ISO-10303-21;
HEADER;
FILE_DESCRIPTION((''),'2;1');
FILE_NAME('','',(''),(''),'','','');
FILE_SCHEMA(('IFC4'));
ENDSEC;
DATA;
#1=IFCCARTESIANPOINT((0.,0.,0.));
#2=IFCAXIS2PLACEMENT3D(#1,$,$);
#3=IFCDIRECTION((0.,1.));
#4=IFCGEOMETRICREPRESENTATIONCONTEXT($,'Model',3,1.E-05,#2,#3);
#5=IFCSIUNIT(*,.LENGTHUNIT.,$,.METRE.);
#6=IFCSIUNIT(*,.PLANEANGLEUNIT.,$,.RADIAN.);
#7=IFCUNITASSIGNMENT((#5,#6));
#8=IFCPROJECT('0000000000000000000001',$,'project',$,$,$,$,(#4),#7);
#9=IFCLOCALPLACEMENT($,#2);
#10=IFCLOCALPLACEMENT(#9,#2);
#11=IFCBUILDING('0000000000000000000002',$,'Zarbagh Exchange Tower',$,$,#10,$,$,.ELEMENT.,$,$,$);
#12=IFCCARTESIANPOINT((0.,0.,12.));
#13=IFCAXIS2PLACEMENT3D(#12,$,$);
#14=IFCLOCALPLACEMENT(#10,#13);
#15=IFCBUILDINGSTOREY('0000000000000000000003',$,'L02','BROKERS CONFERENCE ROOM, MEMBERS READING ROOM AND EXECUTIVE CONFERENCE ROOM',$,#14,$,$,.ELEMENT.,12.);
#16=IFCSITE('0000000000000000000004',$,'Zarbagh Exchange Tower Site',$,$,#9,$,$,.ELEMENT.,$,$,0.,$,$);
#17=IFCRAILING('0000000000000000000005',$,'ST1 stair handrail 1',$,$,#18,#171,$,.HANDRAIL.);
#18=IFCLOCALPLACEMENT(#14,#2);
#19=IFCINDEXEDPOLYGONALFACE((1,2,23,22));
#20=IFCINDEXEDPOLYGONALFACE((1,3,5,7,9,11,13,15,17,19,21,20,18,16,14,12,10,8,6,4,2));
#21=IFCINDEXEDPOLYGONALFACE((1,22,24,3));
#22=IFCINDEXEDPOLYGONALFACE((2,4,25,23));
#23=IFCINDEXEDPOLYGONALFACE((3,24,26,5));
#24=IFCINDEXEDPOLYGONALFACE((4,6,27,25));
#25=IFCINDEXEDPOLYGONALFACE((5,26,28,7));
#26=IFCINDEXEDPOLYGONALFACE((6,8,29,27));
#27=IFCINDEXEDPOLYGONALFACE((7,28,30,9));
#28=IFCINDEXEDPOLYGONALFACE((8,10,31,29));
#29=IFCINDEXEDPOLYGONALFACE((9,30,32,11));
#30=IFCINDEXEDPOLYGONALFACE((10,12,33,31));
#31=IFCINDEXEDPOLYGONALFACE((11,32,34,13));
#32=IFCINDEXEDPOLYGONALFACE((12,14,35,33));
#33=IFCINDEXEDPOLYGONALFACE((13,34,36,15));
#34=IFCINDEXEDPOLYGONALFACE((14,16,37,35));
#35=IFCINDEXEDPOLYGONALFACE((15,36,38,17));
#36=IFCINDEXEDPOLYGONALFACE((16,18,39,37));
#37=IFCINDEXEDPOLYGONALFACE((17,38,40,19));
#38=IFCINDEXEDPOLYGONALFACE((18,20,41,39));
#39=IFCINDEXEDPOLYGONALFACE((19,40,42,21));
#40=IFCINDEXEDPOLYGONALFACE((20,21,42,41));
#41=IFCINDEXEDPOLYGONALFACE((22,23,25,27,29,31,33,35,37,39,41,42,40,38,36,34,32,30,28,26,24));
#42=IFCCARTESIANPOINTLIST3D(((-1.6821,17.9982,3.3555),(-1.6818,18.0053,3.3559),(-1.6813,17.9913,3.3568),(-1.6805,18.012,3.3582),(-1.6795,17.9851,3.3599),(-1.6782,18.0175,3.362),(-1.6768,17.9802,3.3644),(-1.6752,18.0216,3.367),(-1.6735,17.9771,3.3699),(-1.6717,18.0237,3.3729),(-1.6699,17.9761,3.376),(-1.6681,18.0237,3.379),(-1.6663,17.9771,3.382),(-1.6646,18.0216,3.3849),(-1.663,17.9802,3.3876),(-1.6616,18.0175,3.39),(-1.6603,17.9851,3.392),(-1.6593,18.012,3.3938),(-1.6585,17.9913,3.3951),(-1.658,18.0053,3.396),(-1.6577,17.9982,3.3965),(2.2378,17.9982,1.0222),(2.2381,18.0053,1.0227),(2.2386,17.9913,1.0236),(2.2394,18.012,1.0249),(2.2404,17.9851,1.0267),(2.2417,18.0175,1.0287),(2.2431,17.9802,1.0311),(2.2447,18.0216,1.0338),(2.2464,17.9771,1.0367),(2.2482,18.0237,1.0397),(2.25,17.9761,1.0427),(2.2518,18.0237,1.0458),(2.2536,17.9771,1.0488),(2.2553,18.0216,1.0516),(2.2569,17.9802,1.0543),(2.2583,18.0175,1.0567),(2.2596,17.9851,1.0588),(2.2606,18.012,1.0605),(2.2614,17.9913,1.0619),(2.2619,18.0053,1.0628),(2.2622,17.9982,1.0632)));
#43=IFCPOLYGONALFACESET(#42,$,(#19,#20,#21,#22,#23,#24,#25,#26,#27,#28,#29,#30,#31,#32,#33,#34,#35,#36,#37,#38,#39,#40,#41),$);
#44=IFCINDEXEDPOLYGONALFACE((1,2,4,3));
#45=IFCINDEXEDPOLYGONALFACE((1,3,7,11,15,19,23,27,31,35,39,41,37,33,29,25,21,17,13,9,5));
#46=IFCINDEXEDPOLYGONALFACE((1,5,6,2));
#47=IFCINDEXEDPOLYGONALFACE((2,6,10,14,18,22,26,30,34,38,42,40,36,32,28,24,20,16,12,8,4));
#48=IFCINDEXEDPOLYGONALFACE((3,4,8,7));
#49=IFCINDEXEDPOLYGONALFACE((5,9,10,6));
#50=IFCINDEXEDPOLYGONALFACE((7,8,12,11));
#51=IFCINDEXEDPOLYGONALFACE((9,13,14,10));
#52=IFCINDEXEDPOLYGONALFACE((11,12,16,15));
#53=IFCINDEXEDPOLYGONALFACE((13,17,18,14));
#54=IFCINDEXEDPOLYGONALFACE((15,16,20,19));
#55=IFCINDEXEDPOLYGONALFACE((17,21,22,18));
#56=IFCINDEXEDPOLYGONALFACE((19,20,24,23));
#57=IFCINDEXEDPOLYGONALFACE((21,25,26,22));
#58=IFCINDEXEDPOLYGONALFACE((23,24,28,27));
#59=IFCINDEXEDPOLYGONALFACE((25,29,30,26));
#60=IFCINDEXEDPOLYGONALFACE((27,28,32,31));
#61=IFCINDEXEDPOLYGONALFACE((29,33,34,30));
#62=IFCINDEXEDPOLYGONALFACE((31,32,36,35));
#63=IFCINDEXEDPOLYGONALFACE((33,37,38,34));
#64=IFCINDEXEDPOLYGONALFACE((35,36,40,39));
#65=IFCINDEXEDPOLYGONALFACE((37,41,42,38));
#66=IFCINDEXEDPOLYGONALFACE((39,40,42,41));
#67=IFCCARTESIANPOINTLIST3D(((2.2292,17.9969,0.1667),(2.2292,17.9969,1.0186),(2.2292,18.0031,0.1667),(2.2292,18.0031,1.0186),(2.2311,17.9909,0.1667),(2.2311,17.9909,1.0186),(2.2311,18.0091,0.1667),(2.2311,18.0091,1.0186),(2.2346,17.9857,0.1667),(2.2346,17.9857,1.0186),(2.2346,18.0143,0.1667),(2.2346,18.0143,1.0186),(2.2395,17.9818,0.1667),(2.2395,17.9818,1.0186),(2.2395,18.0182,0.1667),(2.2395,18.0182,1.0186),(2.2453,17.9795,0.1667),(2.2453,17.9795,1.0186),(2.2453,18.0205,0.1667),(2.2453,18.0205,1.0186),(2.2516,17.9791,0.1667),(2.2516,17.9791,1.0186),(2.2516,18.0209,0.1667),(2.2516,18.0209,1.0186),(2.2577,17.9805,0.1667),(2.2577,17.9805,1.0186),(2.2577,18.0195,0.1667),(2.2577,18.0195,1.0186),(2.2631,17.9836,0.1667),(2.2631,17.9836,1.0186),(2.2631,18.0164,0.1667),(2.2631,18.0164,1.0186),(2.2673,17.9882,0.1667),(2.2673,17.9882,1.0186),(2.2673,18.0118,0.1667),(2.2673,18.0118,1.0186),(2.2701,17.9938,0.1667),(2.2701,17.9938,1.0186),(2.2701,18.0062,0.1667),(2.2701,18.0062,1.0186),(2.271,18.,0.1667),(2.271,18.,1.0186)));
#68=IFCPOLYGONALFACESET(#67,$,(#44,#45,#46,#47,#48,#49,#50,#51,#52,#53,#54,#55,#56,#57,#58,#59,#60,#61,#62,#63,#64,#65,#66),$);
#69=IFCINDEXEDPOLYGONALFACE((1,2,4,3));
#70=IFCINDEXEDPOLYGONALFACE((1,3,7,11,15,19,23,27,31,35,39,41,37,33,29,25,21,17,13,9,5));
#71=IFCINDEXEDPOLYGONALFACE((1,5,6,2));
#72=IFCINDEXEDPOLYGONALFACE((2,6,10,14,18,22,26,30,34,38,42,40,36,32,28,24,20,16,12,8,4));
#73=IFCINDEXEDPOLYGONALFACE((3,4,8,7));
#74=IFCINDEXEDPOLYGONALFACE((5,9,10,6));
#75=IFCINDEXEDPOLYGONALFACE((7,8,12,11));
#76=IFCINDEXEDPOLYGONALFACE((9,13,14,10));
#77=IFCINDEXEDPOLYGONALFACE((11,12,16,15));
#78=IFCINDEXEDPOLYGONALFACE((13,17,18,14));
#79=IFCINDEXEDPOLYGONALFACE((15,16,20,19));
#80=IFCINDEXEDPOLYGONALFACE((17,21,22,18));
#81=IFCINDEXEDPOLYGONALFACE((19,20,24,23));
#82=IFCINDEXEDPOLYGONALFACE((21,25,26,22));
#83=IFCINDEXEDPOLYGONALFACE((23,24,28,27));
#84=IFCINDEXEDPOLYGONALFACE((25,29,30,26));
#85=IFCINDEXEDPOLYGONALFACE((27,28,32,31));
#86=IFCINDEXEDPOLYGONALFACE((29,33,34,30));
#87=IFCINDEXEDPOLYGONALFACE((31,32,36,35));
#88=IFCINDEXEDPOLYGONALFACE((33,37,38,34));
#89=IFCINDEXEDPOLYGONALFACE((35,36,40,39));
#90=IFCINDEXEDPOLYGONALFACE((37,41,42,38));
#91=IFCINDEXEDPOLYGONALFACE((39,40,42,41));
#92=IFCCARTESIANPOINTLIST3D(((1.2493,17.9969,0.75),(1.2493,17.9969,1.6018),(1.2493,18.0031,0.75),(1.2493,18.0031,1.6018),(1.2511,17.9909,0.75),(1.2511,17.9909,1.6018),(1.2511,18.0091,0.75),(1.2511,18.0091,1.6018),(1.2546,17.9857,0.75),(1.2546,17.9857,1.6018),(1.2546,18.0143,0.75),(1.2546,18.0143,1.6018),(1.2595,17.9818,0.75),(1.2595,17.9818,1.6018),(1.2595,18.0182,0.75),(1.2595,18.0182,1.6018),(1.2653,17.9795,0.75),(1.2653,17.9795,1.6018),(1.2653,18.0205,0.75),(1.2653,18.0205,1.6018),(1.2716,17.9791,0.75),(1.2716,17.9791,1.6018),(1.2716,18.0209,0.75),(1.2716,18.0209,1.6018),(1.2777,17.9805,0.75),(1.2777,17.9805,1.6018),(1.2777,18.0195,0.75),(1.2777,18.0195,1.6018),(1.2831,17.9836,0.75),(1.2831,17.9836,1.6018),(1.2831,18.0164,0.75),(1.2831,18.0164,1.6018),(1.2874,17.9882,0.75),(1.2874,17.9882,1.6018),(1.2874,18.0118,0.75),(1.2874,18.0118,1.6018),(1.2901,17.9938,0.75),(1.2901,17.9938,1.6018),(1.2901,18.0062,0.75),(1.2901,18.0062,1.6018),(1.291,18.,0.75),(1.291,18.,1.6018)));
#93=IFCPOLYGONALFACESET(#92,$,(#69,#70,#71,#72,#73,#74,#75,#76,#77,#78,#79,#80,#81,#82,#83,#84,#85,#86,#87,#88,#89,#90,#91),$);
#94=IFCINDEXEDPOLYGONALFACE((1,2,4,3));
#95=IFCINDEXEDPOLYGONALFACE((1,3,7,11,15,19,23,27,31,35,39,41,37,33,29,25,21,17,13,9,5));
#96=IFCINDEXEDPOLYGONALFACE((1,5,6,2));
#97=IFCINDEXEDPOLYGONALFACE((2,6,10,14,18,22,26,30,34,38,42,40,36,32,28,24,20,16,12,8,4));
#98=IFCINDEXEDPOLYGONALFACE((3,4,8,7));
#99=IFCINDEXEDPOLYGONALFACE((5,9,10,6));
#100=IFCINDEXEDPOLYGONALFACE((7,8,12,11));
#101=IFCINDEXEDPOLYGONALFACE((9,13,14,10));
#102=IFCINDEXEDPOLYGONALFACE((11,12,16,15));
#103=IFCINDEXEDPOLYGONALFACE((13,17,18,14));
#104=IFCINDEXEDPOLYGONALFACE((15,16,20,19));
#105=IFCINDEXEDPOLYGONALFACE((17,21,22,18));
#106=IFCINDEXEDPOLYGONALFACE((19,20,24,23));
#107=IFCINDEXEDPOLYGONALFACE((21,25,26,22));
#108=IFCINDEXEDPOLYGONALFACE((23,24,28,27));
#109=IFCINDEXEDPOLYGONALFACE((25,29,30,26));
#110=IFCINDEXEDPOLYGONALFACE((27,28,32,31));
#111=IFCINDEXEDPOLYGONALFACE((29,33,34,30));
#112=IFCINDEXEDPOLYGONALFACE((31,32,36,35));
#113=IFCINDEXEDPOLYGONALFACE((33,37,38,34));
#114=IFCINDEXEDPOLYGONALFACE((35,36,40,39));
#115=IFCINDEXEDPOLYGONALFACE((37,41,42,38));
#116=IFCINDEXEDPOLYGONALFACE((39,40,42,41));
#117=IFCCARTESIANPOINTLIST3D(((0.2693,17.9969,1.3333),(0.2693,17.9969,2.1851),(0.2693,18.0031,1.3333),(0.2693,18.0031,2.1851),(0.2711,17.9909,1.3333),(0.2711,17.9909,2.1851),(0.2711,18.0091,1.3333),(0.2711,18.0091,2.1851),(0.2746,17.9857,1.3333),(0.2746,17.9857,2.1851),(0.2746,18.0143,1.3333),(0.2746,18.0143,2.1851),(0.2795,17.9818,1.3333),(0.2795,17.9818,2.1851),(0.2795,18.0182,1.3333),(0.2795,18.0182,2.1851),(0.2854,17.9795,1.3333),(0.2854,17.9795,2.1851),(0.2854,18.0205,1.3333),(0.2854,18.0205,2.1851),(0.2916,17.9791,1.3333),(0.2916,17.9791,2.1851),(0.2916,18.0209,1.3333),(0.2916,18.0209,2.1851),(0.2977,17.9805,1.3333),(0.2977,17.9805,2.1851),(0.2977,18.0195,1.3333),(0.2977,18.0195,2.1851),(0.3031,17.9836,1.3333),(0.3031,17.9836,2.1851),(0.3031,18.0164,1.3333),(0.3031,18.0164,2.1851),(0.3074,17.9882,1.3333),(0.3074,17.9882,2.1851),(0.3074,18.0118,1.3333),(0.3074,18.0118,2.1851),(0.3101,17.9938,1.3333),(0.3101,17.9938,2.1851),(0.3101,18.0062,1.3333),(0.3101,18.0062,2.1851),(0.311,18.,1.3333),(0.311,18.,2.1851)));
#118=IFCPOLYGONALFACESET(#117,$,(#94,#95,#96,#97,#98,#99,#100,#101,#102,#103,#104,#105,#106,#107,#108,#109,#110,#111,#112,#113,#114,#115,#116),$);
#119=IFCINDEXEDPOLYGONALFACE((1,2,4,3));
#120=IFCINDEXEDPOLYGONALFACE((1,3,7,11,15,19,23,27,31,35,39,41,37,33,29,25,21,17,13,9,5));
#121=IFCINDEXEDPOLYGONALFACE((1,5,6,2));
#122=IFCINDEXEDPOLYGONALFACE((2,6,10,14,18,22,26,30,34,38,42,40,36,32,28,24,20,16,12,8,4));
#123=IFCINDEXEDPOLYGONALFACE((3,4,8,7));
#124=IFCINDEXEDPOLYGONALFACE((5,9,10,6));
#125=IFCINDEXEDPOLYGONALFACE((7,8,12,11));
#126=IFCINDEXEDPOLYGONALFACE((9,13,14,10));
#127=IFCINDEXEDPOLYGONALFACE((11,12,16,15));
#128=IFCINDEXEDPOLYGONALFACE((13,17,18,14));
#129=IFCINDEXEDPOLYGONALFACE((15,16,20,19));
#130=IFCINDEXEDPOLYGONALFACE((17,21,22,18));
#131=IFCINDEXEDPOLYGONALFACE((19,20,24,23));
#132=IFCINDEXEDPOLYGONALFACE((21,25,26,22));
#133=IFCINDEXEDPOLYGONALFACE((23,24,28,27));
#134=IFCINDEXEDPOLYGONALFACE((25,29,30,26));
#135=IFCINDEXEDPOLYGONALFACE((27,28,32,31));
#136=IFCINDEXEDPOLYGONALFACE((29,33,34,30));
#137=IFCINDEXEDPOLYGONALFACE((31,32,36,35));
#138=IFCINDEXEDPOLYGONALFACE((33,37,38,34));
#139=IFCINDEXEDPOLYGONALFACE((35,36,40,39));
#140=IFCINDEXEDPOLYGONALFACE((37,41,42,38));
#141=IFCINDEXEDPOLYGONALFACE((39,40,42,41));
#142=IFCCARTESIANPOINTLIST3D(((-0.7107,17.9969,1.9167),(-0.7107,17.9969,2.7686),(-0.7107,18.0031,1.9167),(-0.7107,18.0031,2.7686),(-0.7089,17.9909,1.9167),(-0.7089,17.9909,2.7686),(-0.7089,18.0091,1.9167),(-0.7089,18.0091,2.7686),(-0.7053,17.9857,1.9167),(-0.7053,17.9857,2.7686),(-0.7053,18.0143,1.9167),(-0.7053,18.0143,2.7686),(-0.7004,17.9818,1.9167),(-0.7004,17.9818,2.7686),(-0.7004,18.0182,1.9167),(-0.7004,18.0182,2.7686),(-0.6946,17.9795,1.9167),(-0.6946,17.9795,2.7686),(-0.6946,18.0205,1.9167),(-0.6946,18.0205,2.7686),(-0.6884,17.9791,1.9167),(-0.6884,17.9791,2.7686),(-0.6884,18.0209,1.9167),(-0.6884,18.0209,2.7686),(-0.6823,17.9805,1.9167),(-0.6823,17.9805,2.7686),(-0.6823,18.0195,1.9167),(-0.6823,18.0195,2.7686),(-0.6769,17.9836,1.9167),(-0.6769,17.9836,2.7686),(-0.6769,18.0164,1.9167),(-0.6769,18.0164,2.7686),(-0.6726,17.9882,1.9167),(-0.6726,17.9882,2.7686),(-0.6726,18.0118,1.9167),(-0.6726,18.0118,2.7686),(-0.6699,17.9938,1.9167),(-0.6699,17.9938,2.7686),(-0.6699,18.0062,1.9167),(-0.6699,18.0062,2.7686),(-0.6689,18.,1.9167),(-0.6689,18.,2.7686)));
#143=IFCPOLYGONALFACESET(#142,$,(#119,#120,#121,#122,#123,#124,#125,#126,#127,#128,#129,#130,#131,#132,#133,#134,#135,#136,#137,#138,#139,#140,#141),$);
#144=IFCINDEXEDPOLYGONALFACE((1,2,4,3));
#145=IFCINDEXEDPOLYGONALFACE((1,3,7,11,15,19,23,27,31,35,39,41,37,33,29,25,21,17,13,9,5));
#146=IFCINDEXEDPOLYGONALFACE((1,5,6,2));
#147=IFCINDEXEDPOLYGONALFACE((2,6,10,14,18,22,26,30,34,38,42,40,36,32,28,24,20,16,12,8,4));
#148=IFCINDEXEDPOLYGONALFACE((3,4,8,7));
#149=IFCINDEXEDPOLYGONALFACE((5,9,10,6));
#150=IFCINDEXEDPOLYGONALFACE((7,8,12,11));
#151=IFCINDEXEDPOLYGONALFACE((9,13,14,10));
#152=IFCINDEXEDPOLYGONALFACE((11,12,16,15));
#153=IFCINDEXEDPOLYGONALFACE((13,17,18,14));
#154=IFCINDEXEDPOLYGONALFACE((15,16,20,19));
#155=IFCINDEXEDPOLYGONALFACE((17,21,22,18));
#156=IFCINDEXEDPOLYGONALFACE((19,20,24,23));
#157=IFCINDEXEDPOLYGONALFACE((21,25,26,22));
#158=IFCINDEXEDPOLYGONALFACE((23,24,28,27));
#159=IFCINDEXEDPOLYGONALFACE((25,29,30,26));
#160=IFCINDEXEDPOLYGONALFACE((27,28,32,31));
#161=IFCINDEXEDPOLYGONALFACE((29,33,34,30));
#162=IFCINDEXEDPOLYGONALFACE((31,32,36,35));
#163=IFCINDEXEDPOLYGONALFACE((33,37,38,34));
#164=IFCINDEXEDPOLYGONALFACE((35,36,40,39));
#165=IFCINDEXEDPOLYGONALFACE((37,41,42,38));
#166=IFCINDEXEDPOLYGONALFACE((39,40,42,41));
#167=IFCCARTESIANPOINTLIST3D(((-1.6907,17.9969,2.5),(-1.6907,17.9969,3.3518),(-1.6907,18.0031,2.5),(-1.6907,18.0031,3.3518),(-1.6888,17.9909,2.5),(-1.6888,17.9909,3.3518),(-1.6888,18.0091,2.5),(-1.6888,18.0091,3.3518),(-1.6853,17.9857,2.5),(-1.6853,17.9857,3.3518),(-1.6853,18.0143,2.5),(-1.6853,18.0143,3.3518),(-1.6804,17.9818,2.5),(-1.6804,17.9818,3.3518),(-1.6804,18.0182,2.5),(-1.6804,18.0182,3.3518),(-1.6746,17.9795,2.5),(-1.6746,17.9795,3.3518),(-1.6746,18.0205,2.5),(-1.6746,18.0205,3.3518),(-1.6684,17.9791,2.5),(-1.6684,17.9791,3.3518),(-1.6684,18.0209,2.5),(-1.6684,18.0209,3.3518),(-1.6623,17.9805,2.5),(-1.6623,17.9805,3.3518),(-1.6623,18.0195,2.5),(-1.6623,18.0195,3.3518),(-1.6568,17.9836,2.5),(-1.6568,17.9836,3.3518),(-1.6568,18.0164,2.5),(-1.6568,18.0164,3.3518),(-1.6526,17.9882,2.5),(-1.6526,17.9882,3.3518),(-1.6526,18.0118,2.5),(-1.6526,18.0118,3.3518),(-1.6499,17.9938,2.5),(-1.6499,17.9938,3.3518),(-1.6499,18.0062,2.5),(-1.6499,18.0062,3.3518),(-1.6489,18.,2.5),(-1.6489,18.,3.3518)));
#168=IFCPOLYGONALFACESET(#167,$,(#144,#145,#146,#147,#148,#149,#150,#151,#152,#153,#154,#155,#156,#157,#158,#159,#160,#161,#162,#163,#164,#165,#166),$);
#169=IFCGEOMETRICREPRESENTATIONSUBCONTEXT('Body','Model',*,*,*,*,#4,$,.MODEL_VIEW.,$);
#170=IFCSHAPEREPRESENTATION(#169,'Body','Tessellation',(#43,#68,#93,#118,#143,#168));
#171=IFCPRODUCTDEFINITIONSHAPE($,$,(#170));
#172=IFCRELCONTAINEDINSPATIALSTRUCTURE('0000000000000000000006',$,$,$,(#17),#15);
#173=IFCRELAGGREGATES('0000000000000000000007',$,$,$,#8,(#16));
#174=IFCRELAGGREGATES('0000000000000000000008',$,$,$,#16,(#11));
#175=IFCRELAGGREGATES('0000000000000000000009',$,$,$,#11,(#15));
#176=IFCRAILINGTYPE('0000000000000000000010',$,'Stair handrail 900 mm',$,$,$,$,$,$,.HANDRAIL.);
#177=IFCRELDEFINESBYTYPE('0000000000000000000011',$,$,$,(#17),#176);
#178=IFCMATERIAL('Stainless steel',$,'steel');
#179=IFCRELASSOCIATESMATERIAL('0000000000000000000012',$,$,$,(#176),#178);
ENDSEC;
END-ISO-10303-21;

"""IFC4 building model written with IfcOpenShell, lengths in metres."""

from ifc_helpers import new_model, si_unit, direction, frame, origin, origin_2d, place, context, subcontext, project, spatial, circle, extrude, material, type_object, element, save


model = new_model("IFC4")

# Units and contexts
model_context = context("Model", 3, precision=1e-05, world=origin(), true_north=direction((0.0, 1.0)))
body_context = subcontext(model_context, "Body", "Model", "MODEL_VIEW")
ifc_project = project(units=[si_unit("LENGTHUNIT", "METRE"), si_unit("PLANEANGLEUNIT", "RADIAN")], contexts=[model_context])

# Site, building, storey
site_placement = place(None, origin())
site = spatial("IfcSite", under=ifc_project, at=site_placement, Name="Zarbagh Exchange Tower Site", CompositionType="ELEMENT", RefElevation=0.0)
building_placement = place(site_placement, origin())
building = spatial("IfcBuilding", under=site, at=building_placement, Name="Zarbagh Exchange Tower", CompositionType="ELEMENT")
storey_placement = place(building_placement, frame((0.0, 0.0, 12.0)))
storey = spatial("IfcBuildingStorey", under=building, at=storey_placement, Name="L02", Description="BROKERS CONFERENCE ROOM, MEMBERS READING ROOM AND EXECUTIVE CONFERENCE ROOM", CompositionType="ELEMENT", Elevation=12.0)

# Shared definitions
ifc_material_1 = material(Name="Stainless steel", Category="steel")

# Railing
railing_type_1 = type_object("IfcRailingType", Name="Stair handrail 900 mm", PredefinedType="HANDRAIL", material=ifc_material_1)
for number, where, name in (
    (1, (2.25, 18.0, 0.1667), "ST1 stair handrail 1"),
):
    element("IfcRailing", number, at=place(storey_placement, frame(where)), inside=storey, type_object=railing_type_1, Name=name, PredefinedType="HANDRAIL", context=body_context, shape_type="SweptSolid", body=[
        extrude(circle(Radius=0.0239, at=origin_2d()), frame((0.0, 0.0, 0.876), z_axis=(-0.859296, 0.0, 0.511478), x_axis=(0.0, -1.0, 0.0)), (0.0, 0.0, 1.0), 4.5618),
        extrude(circle(Radius=0.021, at=origin_2d()), origin(), (0.0, 0.0, 1.0), 0.8518),
        extrude(circle(Radius=0.021, at=origin_2d()), frame((-0.98, 0.0, 0.5833)), (0.0, 0.0, 1.0), 0.8518),
        extrude(circle(Radius=0.021, at=origin_2d()), frame((-1.96, 0.0, 1.1665)), (0.0, 0.0, 1.0), 0.8518),
        extrude(circle(Radius=0.021, at=origin_2d()), frame((-2.9399, 0.0, 1.75)), (0.0, 0.0, 1.0), 0.8518),
        extrude(circle(Radius=0.021, at=origin_2d()), frame((-3.9199, 0.0, 2.3333)), (0.0, 0.0, 1.0), 0.8518),
    ])

save(model, "model.ifc")
